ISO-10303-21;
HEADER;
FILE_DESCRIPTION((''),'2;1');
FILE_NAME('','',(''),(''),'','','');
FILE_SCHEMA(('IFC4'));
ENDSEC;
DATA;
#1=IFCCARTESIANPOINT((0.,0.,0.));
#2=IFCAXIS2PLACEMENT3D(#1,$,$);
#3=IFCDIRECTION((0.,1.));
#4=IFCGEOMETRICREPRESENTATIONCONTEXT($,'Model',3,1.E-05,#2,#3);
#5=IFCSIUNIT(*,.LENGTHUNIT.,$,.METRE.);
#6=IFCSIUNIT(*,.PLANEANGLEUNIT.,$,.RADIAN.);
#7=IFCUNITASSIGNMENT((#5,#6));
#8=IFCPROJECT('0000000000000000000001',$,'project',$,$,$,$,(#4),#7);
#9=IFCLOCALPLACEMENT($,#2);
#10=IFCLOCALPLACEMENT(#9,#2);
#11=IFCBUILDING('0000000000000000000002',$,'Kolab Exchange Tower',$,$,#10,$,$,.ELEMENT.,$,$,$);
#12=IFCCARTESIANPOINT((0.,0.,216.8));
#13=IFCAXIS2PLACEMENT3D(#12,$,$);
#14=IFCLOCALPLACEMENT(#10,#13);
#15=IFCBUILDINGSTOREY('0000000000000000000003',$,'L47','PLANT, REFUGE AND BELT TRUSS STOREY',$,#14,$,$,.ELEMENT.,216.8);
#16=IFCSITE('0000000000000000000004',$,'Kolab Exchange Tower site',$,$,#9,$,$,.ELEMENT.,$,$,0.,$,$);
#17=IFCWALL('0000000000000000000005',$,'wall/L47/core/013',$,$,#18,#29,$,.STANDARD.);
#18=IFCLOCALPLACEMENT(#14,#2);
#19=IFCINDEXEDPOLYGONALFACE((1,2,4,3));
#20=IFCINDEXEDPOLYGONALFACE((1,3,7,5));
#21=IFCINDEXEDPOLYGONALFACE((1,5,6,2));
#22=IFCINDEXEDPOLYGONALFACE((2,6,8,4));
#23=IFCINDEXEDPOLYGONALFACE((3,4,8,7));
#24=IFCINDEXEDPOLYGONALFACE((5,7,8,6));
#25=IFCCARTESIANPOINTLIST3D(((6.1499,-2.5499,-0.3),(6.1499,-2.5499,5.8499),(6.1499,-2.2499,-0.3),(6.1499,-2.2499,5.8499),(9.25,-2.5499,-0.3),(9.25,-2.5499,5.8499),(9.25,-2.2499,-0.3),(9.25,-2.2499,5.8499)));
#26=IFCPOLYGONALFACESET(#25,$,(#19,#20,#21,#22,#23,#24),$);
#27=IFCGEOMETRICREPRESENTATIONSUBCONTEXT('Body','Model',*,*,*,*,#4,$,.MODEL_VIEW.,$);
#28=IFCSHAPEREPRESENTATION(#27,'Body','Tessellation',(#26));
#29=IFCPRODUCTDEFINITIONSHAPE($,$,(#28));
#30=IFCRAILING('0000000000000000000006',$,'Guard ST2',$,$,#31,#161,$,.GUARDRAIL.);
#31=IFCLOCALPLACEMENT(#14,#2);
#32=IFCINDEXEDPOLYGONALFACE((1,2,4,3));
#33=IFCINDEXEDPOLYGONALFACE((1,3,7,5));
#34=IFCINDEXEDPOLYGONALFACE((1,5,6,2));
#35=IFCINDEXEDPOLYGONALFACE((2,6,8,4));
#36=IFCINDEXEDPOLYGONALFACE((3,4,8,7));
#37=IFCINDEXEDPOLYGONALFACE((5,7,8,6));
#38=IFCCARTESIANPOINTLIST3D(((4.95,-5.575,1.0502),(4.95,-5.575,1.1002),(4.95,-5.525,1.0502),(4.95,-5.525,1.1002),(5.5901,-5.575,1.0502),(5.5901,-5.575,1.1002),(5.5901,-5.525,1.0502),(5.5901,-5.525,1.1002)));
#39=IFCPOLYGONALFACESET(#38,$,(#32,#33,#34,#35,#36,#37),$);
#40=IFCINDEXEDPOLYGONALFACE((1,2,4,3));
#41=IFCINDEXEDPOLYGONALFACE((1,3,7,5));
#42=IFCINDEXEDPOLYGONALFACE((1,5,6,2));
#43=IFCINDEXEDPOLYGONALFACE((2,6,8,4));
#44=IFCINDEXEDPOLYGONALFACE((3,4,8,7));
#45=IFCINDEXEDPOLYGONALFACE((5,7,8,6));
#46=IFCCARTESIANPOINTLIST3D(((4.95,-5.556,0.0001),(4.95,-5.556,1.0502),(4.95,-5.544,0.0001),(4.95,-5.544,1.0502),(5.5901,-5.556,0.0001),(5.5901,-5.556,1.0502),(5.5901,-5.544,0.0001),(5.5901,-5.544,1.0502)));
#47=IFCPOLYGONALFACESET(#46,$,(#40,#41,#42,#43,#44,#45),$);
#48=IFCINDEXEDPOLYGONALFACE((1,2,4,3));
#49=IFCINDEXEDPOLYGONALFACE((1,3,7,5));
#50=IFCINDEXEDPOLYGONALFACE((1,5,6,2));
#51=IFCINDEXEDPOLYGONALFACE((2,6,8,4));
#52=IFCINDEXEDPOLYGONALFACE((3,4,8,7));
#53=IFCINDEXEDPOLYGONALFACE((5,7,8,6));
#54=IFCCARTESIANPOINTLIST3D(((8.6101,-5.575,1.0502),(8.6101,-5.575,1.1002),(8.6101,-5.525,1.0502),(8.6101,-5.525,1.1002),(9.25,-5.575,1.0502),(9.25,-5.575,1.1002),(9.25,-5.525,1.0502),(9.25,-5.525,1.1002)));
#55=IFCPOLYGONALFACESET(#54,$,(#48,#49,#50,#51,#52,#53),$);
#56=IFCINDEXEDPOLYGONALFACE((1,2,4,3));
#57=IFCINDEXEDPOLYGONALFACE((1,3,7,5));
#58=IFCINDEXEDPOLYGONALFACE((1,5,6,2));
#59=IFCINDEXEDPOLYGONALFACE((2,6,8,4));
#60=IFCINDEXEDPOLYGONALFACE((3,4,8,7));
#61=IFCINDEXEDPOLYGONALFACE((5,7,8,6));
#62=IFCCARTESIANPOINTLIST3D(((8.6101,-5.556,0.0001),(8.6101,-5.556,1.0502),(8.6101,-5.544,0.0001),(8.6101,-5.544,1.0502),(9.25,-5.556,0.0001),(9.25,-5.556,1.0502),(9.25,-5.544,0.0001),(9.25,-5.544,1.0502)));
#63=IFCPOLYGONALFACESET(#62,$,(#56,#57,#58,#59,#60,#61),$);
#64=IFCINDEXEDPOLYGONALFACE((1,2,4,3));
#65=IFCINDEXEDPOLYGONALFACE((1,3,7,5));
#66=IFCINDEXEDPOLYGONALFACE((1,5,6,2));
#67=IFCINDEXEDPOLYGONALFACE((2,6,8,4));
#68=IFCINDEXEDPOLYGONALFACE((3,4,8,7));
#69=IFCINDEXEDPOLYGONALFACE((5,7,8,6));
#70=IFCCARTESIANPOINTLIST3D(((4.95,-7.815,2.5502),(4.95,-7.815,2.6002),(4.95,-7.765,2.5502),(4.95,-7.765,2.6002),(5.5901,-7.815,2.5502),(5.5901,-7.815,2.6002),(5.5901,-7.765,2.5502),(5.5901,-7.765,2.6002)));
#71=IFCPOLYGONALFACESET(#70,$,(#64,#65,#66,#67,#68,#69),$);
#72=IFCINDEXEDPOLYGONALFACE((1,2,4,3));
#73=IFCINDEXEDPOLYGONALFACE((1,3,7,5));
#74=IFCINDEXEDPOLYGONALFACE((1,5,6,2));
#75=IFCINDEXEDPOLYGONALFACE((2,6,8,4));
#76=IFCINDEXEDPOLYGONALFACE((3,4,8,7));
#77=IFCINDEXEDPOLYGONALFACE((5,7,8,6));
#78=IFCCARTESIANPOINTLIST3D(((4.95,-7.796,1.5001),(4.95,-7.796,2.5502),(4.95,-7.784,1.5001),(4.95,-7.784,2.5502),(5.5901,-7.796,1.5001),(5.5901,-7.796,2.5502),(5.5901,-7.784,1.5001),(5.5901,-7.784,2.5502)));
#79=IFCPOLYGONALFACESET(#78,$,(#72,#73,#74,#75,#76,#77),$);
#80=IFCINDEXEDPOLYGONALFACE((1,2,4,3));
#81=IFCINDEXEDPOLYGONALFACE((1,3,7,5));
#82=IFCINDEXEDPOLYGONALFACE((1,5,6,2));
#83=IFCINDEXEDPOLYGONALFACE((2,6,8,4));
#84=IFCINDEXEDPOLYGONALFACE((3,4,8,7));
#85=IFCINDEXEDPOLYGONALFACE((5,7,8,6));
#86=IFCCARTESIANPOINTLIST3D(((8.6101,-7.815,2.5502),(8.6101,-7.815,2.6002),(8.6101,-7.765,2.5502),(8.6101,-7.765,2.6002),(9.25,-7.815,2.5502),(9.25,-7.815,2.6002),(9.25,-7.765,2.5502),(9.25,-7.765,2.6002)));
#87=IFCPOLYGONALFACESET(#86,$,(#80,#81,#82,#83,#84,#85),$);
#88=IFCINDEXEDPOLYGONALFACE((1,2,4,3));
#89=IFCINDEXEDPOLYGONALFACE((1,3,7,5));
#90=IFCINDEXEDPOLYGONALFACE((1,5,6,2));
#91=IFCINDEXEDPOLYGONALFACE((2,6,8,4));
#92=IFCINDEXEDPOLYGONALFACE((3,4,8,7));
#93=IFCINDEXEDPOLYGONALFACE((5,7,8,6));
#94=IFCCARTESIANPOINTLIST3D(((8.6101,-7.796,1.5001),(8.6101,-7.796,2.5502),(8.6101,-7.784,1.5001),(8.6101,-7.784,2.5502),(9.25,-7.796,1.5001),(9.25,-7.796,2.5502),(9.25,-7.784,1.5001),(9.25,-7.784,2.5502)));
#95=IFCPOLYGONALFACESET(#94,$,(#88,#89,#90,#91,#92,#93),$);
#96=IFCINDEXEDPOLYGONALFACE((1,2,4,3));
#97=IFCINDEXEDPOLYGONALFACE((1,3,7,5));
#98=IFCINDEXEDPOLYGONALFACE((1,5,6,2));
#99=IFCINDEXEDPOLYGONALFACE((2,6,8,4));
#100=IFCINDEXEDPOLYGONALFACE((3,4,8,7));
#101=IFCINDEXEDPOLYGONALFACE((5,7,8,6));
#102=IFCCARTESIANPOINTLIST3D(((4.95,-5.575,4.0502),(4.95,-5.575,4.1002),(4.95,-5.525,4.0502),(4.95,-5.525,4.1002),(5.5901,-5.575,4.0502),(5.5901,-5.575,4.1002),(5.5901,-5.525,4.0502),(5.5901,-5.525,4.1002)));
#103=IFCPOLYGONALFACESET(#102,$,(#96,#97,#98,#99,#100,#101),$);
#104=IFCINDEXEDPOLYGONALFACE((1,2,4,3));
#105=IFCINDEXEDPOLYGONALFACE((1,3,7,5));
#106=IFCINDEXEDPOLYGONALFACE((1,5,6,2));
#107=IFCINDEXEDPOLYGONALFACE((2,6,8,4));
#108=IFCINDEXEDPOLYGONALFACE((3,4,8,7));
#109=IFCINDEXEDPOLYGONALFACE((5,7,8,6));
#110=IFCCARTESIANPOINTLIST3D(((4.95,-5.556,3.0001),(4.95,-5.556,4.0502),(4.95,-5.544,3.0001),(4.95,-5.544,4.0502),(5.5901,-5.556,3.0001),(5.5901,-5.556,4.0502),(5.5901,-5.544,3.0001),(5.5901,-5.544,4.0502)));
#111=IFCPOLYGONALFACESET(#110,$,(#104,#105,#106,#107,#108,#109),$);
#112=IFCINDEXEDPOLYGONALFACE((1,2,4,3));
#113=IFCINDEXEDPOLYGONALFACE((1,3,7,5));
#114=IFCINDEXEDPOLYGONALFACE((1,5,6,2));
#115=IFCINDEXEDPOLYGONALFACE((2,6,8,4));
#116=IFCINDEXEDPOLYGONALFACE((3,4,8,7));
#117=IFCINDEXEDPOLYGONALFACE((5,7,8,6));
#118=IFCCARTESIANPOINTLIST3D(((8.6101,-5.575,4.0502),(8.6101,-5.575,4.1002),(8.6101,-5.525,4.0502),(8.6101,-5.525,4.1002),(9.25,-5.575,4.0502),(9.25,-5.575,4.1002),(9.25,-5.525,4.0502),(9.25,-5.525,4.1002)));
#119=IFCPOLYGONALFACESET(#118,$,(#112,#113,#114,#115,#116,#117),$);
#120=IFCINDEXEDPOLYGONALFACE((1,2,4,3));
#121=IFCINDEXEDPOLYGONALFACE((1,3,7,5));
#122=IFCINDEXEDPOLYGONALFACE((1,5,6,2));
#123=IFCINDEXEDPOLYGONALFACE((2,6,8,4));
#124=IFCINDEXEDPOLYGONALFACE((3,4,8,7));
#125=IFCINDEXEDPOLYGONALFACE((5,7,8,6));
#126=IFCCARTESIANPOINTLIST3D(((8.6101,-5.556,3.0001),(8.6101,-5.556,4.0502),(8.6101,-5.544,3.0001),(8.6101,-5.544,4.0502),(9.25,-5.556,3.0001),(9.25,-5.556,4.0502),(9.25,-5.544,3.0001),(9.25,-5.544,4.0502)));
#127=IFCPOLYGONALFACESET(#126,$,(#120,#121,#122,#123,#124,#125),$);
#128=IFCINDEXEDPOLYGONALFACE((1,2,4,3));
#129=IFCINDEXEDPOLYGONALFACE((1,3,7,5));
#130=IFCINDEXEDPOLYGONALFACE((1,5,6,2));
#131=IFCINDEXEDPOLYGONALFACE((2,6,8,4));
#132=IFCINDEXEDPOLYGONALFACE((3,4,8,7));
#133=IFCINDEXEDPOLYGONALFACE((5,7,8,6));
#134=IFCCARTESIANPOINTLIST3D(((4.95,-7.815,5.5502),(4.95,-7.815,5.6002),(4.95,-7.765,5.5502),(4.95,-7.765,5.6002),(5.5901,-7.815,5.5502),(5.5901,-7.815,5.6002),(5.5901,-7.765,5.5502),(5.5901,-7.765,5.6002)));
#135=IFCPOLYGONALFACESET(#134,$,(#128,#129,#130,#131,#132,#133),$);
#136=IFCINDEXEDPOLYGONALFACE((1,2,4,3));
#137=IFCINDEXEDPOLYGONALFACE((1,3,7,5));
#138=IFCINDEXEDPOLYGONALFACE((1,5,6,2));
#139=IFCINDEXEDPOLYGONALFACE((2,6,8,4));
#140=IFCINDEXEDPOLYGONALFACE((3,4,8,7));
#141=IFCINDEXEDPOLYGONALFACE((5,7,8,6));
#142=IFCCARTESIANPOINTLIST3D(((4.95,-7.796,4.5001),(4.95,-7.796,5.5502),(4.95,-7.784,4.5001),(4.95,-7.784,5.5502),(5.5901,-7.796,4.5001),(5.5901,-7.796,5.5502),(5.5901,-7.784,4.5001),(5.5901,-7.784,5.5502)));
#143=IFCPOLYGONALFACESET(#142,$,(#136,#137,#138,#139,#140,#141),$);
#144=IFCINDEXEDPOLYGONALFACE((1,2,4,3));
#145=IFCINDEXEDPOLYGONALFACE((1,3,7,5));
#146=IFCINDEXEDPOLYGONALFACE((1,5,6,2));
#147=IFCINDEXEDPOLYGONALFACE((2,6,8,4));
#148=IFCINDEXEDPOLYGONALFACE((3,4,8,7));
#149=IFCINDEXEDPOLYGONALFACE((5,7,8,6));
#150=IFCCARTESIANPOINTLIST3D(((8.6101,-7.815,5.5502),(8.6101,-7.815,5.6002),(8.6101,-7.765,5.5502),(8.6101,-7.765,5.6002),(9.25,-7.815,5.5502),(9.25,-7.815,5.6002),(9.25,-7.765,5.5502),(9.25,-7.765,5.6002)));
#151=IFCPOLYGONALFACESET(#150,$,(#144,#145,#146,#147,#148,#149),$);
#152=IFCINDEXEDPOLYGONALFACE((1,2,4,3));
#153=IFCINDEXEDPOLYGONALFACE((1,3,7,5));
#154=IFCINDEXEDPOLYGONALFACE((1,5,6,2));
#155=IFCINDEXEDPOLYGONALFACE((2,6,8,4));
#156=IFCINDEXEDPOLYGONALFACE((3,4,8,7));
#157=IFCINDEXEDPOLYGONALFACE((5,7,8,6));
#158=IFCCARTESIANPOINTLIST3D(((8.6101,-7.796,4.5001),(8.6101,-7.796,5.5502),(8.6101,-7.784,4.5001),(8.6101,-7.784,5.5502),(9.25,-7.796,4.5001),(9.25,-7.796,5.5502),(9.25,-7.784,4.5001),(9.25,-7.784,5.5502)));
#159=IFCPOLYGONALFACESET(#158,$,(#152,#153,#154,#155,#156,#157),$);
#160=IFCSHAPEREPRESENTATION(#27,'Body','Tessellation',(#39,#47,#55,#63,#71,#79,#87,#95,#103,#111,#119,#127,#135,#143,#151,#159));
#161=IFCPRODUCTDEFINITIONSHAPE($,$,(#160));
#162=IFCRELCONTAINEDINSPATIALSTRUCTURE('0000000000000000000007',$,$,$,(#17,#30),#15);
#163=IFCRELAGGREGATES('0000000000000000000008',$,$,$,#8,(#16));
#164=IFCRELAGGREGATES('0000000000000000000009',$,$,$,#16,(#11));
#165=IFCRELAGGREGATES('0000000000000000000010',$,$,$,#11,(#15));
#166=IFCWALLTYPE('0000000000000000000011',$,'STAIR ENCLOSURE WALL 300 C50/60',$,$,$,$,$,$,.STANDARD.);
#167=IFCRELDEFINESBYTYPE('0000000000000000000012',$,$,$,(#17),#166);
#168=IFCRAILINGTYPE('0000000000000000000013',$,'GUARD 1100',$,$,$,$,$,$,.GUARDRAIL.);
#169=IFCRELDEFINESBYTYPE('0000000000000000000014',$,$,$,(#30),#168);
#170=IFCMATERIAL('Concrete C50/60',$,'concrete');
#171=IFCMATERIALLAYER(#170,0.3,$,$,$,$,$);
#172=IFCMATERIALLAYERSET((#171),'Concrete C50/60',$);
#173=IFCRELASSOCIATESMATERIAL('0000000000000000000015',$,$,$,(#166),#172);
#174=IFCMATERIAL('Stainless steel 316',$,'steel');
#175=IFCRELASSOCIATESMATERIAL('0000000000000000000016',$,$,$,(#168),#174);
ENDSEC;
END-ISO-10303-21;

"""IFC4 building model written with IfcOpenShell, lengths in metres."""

from ifc_helpers import new_model, si_unit, direction, frame, frame_2d, origin, origin_2d, place, context, subcontext, project, spatial, rectangle, extrude, material, layer, layer_set, type_object, element, save


model = new_model("IFC4")

# Units and contexts
model_context = context("Model", 3, precision=1e-05, world=origin(), true_north=direction((0.0, 1.0)))
body_context = subcontext(model_context, "Body", "Model", "MODEL_VIEW")
ifc_project = project(units=[si_unit("LENGTHUNIT", "METRE"), si_unit("PLANEANGLEUNIT", "RADIAN")], contexts=[model_context])

# Site, building, storey
site_placement = place(None, origin())
site = spatial("IfcSite", under=ifc_project, at=site_placement, Name="Kolab Exchange Tower site", CompositionType="ELEMENT", RefElevation=0.0)
building_placement = place(site_placement, origin())
building = spatial("IfcBuilding", under=site, at=building_placement, Name="Kolab Exchange Tower", CompositionType="ELEMENT")
storey_placement = place(building_placement, frame((0.0, 0.0, 216.8)))
storey = spatial("IfcBuildingStorey", under=building, at=storey_placement, Name="L47", Description="PLANT, REFUGE AND BELT TRUSS STOREY", CompositionType="ELEMENT", Elevation=216.8)

# Shared definitions
ifc_material_1 = material(Name="Concrete C50/60", Category="concrete")
ifc_material_2 = material(Name="Stainless steel 316", Category="steel")

# Wall
ifc_layer_1 = layer(ifc_material_1, 0.3)
ifc_layer_set_1 = layer_set([ifc_layer_1], Name="Concrete C50/60")
wall_type_1 = type_object("IfcWallType", Name="STAIR ENCLOSURE WALL 300 C50/60", PredefinedType="STANDARD", material=ifc_layer_set_1)
wall_1_placement = place(storey_placement, frame((6.1499, -2.3999, -0.3), z_axis=(0.0, 0.0, 1.0), x_axis=(1.0, 0.0, 0.0)))
element("IfcWall", 1, at=wall_1_placement, inside=storey, type_object=wall_type_1, Name="wall/L47/core/013", PredefinedType="STANDARD", context=body_context, shape_type="SweptSolid", body=[
    extrude(rectangle(XDim=3.1001, YDim=0.3, at=frame_2d((1.55, 0.0))), origin(), (0.0, 0.0, 1.0), 6.1499),
])

# Railing
railing_type = type_object("IfcRailingType", Name="GUARD 1100", PredefinedType="GUARDRAIL", material=ifc_material_2)
railing_1_placement = place(storey_placement, frame((4.95, -5.55, 0.0)))
element("IfcRailing", 2, at=railing_1_placement, inside=storey, type_object=railing_type, Name="Guard ST2", PredefinedType="GUARDRAIL", context=body_context, shape_type="SweptSolid", body=[
    extrude(rectangle(XDim=0.05, YDim=0.05, at=origin_2d()), frame((0.0, 0.0, 1.0752), z_axis=(1.0, 0.0, 0.0), x_axis=(0.0, 1.0, 0.0)), (0.0, 0.0, 1.0), 0.6401),
    extrude(rectangle(XDim=0.012, YDim=1.0501, at=frame_2d((0.0, 0.5251))), frame((0.0, 0.0, 0.0), z_axis=(1.0, 0.0, 0.0), x_axis=(0.0, 1.0, 0.0)), (0.0, 0.0, 1.0), 0.6401),
    extrude(rectangle(XDim=0.05, YDim=0.05, at=origin_2d()), frame((3.6602, 0.0, 1.0752), z_axis=(1.0, 0.0, 0.0), x_axis=(0.0, 1.0, 0.0)), (0.0, 0.0, 1.0), 0.6399),
    extrude(rectangle(XDim=0.012, YDim=1.0501, at=frame_2d((0.0, 0.5251))), frame((3.6602, 0.0, 0.0), z_axis=(1.0, 0.0, 0.0), x_axis=(0.0, 1.0, 0.0)), (0.0, 0.0, 1.0), 0.6399),
    extrude(rectangle(XDim=0.05, YDim=0.05, at=origin_2d()), frame((0.0, -2.24, 2.5752), z_axis=(1.0, 0.0, 0.0), x_axis=(0.0, 1.0, 0.0)), (0.0, 0.0, 1.0), 0.6401),
    extrude(rectangle(XDim=0.012, YDim=1.0501, at=frame_2d((0.0, 0.5251))), frame((0.0, -2.24, 1.5), z_axis=(1.0, 0.0, 0.0), x_axis=(0.0, 1.0, 0.0)), (0.0, 0.0, 1.0), 0.6401),
    extrude(rectangle(XDim=0.05, YDim=0.05, at=origin_2d()), frame((3.6602, -2.24, 2.5752), z_axis=(1.0, 0.0, 0.0), x_axis=(0.0, 1.0, 0.0)), (0.0, 0.0, 1.0), 0.6399),
    extrude(rectangle(XDim=0.012, YDim=1.0501, at=frame_2d((0.0, 0.5251))), frame((3.6602, -2.24, 1.5), z_axis=(1.0, 0.0, 0.0), x_axis=(0.0, 1.0, 0.0)), (0.0, 0.0, 1.0), 0.6399),
    extrude(rectangle(XDim=0.05, YDim=0.05, at=origin_2d()), frame((0.0, 0.0, 4.0752), z_axis=(1.0, 0.0, 0.0), x_axis=(0.0, 1.0, 0.0)), (0.0, 0.0, 1.0), 0.6401),
    extrude(rectangle(XDim=0.012, YDim=1.0501, at=frame_2d((0.0, 0.5251))), frame((0.0, 0.0, 3.0), z_axis=(1.0, 0.0, 0.0), x_axis=(0.0, 1.0, 0.0)), (0.0, 0.0, 1.0), 0.6401),
    extrude(rectangle(XDim=0.05, YDim=0.05, at=origin_2d()), frame((3.6602, 0.0, 4.0752), z_axis=(1.0, 0.0, 0.0), x_axis=(0.0, 1.0, 0.0)), (0.0, 0.0, 1.0), 0.6399),
    extrude(rectangle(XDim=0.012, YDim=1.0501, at=frame_2d((0.0, 0.5251))), frame((3.6602, 0.0, 3.0), z_axis=(1.0, 0.0, 0.0), x_axis=(0.0, 1.0, 0.0)), (0.0, 0.0, 1.0), 0.6399),
    extrude(rectangle(XDim=0.05, YDim=0.05, at=origin_2d()), frame((0.0, -2.24, 5.5752), z_axis=(1.0, 0.0, 0.0), x_axis=(0.0, 1.0, 0.0)), (0.0, 0.0, 1.0), 0.6401),
    extrude(rectangle(XDim=0.012, YDim=1.0501, at=frame_2d((0.0, 0.5251))), frame((0.0, -2.24, 4.5), z_axis=(1.0, 0.0, 0.0), x_axis=(0.0, 1.0, 0.0)), (0.0, 0.0, 1.0), 0.6401),
    extrude(rectangle(XDim=0.05, YDim=0.05, at=origin_2d()), frame((3.6602, -2.24, 5.5752), z_axis=(1.0, 0.0, 0.0), x_axis=(0.0, 1.0, 0.0)), (0.0, 0.0, 1.0), 0.6399),
    extrude(rectangle(XDim=0.012, YDim=1.0501, at=frame_2d((0.0, 0.5251))), frame((3.6602, -2.24, 4.5), z_axis=(1.0, 0.0, 0.0), x_axis=(0.0, 1.0, 0.0)), (0.0, 0.0, 1.0), 0.6399),
])

save(model, "model.ifc")
